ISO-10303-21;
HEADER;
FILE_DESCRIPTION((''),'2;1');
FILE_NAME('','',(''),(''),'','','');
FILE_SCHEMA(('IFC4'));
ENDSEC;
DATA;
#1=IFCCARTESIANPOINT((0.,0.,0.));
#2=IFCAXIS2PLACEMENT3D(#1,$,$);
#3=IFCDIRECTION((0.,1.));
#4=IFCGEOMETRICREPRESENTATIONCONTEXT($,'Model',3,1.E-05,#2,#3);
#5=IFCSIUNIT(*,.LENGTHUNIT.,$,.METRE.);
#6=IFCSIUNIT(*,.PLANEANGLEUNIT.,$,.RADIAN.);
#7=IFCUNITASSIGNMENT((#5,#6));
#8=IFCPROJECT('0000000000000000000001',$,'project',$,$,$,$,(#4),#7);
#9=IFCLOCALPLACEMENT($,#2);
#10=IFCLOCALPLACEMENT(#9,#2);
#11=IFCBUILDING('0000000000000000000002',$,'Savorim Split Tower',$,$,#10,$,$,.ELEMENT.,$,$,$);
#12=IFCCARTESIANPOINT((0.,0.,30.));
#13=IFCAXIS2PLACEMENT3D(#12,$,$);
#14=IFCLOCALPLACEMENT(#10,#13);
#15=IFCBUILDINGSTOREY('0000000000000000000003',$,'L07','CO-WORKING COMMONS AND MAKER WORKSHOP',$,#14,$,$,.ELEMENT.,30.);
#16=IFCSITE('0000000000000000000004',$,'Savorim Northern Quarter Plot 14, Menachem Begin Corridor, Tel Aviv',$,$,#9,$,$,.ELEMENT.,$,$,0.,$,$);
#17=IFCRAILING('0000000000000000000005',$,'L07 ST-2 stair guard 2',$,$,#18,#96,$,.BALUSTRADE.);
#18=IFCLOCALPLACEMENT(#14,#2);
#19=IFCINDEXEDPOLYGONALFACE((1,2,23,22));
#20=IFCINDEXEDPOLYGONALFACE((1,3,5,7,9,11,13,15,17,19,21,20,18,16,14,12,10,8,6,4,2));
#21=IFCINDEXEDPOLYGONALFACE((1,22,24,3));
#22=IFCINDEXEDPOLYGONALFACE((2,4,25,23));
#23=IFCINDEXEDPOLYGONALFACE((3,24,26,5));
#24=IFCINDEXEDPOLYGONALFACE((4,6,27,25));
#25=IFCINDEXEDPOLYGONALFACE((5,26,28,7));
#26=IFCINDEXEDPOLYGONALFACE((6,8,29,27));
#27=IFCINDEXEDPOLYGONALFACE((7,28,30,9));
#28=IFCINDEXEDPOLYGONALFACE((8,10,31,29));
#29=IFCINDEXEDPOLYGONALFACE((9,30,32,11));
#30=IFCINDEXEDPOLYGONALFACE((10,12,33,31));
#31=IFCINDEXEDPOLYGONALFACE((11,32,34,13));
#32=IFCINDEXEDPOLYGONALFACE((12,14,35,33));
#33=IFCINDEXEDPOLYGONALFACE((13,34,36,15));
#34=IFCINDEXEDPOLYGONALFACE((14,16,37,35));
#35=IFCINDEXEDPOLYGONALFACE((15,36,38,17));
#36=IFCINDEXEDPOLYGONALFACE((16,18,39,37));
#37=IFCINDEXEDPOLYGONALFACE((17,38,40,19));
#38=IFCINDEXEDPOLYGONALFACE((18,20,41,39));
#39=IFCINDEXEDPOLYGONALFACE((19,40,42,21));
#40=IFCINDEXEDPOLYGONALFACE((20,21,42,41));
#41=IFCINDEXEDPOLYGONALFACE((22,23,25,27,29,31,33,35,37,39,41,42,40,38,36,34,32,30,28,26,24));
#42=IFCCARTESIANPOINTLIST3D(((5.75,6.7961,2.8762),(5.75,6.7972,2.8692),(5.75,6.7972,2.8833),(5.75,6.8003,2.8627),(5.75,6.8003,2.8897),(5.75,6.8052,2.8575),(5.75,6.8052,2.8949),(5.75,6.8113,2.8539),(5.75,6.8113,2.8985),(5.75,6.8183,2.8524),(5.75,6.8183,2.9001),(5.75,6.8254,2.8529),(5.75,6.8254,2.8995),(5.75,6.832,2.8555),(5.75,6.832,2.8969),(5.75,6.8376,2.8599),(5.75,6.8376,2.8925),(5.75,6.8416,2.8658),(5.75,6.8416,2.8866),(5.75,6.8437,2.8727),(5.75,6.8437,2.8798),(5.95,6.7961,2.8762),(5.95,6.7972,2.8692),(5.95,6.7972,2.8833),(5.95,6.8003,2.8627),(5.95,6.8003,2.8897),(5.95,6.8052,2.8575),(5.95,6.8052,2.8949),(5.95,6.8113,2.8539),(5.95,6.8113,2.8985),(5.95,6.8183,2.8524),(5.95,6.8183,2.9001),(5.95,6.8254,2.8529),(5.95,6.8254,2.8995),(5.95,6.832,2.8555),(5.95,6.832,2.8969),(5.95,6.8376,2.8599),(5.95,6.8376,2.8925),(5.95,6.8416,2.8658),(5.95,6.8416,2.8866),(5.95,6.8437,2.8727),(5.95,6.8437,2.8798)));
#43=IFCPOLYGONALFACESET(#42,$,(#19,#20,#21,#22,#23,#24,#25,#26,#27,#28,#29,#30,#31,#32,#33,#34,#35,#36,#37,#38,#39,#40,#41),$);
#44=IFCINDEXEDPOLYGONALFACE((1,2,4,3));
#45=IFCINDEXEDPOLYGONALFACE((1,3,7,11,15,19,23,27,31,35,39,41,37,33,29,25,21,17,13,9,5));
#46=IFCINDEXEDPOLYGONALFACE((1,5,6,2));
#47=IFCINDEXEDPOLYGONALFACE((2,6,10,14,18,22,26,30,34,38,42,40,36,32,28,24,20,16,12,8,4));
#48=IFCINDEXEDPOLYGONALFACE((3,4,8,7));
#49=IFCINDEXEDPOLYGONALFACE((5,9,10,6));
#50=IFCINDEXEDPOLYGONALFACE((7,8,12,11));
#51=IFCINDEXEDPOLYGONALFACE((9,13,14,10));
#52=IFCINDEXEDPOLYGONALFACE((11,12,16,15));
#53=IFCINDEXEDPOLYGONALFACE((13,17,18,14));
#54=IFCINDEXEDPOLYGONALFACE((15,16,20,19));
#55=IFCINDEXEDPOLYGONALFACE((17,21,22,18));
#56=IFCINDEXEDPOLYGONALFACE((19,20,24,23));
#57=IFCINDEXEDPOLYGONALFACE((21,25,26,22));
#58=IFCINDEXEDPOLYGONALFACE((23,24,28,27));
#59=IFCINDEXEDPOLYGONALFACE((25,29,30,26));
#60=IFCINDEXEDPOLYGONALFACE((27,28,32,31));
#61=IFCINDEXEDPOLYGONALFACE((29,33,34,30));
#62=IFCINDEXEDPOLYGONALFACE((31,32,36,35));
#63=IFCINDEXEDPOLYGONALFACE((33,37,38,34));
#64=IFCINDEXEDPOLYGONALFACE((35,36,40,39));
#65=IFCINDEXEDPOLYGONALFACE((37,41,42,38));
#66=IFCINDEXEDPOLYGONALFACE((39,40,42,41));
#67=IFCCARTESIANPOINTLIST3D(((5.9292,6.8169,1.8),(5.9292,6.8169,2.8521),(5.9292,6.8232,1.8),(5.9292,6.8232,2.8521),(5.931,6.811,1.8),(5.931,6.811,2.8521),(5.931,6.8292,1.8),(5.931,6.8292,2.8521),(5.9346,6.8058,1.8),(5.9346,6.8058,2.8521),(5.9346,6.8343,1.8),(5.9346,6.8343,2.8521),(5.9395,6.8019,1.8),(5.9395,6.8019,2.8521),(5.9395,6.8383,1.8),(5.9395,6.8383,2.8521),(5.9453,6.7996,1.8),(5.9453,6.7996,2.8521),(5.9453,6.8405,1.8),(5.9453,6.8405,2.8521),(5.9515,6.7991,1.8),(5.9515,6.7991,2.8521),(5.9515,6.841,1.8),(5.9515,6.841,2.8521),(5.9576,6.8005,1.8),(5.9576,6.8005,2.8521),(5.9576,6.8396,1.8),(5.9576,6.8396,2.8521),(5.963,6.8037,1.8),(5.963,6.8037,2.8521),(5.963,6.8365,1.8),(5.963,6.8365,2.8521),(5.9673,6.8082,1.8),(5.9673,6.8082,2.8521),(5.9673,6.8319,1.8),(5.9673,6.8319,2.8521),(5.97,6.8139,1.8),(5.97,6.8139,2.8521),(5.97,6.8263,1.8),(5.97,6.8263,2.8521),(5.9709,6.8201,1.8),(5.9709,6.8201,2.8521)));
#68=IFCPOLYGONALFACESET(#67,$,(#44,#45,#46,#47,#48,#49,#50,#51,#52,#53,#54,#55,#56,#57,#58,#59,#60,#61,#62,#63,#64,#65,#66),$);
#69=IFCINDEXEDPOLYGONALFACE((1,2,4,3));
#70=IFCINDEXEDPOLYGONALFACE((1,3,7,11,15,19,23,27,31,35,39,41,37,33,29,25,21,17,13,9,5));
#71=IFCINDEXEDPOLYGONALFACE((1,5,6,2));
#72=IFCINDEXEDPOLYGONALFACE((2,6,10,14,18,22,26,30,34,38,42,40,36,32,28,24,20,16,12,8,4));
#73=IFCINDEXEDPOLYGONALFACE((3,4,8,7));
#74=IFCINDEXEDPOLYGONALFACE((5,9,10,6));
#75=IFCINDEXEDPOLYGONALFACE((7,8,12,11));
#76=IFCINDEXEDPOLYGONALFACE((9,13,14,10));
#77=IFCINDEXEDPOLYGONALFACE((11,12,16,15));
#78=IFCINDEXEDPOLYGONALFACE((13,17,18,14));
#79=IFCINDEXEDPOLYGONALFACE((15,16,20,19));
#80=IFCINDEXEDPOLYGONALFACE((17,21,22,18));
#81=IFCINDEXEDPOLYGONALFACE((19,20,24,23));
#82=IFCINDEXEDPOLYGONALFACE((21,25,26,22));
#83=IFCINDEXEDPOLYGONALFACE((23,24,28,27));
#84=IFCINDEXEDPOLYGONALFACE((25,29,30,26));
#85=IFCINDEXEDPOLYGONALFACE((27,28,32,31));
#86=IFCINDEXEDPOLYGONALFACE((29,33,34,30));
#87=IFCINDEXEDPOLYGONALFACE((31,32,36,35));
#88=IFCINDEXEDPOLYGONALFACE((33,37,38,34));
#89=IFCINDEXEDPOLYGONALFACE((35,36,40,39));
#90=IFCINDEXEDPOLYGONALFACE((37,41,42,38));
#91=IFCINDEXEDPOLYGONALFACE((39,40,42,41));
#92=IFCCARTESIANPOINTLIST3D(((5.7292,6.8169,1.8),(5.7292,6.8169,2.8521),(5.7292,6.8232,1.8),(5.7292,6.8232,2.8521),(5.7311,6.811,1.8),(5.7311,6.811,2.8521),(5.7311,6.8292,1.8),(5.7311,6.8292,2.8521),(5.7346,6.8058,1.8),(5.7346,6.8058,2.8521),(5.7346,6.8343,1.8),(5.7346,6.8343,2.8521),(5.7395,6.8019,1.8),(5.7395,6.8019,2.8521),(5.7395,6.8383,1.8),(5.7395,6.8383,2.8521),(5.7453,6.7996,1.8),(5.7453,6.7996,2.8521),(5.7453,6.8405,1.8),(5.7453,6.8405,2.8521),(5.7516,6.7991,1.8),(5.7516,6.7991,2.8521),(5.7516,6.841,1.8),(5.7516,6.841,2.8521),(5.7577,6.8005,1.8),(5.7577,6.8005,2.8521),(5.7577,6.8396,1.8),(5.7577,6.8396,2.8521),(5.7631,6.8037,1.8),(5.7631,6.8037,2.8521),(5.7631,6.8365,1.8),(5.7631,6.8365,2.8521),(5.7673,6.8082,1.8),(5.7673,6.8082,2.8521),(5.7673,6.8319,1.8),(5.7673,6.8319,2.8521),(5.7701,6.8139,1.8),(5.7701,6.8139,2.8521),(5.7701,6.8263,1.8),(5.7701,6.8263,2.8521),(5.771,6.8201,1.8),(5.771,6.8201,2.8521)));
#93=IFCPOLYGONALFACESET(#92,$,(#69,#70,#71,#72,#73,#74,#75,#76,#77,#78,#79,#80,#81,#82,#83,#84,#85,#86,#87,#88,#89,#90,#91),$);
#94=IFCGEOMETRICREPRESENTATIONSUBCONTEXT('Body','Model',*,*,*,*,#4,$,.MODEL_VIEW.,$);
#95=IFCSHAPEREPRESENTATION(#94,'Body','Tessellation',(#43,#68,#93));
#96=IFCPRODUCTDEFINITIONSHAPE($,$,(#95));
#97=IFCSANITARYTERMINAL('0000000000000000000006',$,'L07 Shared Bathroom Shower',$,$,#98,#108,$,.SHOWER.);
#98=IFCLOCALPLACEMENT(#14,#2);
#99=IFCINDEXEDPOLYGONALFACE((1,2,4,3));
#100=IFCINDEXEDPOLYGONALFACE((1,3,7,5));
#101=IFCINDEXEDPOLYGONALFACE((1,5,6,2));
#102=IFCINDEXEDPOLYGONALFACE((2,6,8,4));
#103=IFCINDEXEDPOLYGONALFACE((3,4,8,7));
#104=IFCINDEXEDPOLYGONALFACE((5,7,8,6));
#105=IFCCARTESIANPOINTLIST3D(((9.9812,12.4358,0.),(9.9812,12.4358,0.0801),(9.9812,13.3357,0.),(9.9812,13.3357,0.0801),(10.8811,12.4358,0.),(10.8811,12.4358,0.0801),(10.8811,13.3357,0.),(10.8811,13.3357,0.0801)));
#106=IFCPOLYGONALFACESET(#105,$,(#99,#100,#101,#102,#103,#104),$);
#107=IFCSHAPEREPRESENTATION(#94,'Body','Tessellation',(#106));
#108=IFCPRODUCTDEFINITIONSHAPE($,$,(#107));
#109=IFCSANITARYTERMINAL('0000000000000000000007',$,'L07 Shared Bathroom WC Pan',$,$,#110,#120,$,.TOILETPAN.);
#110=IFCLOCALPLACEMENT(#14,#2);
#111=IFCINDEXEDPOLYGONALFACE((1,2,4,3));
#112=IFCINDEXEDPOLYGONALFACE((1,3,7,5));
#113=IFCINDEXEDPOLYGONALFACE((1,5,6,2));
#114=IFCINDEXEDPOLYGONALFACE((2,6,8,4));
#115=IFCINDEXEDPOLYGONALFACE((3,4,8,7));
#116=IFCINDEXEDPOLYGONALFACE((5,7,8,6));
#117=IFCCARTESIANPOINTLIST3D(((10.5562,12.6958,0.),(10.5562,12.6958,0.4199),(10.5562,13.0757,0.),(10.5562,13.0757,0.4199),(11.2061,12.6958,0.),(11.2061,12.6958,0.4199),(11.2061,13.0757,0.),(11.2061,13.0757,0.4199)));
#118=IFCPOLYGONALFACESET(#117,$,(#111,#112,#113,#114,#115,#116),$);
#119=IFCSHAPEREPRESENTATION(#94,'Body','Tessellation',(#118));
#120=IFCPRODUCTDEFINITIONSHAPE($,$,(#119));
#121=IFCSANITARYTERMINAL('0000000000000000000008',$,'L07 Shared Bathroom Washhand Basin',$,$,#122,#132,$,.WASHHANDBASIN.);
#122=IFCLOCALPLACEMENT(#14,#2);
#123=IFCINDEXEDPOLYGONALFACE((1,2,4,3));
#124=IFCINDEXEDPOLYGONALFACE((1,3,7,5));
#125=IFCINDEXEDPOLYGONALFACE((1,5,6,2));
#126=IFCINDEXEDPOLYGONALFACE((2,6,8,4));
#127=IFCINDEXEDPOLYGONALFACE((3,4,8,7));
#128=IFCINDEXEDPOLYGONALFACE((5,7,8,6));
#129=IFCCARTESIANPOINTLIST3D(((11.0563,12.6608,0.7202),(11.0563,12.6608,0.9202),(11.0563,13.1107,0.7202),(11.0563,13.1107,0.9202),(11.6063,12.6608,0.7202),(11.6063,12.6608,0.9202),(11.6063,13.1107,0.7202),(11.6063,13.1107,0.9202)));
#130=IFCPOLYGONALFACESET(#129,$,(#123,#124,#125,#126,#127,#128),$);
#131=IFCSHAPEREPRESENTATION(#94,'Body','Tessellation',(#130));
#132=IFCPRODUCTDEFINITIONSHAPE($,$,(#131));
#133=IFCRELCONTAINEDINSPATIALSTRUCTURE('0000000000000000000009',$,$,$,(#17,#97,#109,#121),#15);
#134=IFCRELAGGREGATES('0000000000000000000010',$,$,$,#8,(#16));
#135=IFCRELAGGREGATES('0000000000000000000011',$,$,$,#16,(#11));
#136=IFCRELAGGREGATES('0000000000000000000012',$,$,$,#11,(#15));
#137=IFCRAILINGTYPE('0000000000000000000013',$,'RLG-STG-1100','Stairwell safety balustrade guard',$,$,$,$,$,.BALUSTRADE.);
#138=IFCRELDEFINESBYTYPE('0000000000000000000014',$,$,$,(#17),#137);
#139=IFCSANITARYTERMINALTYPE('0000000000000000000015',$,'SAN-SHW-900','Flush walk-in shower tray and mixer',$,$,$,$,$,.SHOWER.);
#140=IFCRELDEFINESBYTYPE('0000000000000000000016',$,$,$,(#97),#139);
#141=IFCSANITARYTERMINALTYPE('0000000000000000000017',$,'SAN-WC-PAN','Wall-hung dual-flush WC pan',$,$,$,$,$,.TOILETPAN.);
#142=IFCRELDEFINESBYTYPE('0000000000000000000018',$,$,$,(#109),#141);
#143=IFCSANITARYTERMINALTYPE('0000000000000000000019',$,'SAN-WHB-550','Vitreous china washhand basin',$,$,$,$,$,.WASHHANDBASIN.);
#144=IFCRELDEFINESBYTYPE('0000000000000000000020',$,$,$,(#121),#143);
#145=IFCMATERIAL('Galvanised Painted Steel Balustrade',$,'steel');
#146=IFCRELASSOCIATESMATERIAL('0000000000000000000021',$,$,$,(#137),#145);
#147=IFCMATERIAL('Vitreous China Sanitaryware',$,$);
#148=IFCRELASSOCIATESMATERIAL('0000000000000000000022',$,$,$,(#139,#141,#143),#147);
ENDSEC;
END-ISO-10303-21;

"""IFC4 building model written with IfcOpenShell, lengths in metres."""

from ifc_helpers import new_model, si_unit, direction, frame, origin, origin_2d, place, context, subcontext, project, spatial, rectangle, circle, extrude, material, type_object, element, save


model = new_model("IFC4")

# Units and contexts
model_context = context("Model", 3, precision=1e-05, world=origin(), true_north=direction((0.0, 1.0)))
body_context = subcontext(model_context, "Body", "Model", "MODEL_VIEW")
ifc_project = project(units=[si_unit("LENGTHUNIT", "METRE"), si_unit("PLANEANGLEUNIT", "RADIAN")], contexts=[model_context])

# Site, building, storey
site_placement = place(None, origin())
site = spatial("IfcSite", under=ifc_project, at=site_placement, Name="Savorim Northern Quarter Plot 14, Menachem Begin Corridor, Tel Aviv", CompositionType="ELEMENT", RefElevation=0.0)
building_placement = place(site_placement, origin())
building = spatial("IfcBuilding", under=site, at=building_placement, Name="Savorim Split Tower", CompositionType="ELEMENT")
storey_placement = place(building_placement, frame((0.0, 0.0, 30.0)))
storey = spatial("IfcBuildingStorey", under=building, at=storey_placement, Name="L07", Description="CO-WORKING COMMONS AND MAKER WORKSHOP", CompositionType="ELEMENT", Elevation=30.0)

# Railing
ifc_material_1 = material(Name="Galvanised Painted Steel Balustrade", Category="steel")
railing_type = type_object("IfcRailingType", Name="RLG-STG-1100", Description="Stairwell safety balustrade guard", PredefinedType="BALUSTRADE", material=ifc_material_1)
railing_placement = place(storey_placement, frame((5.95, 6.8201, 1.8)))
element("IfcRailing", 1, at=railing_placement, inside=storey, type_object=railing_type, Name="L07 ST-2 stair guard 2", PredefinedType="BALUSTRADE", context=body_context, shape_type="SweptSolid", body=[
    extrude(circle(Radius=0.0239, at=origin_2d()), frame((0.0, 0.0, 1.0762), z_axis=(-1.0, 0.0, 0.0), x_axis=(0.0, -1.0, 0.0)), (0.0, 0.0, 1.0), 0.2),
    extrude(circle(Radius=0.021, at=origin_2d()), origin(), (0.0, 0.0, 1.0), 1.052),
    extrude(circle(Radius=0.021, at=origin_2d()), frame((-0.2, 0.0, 0.0)), (0.0, 0.0, 1.0), 1.052),
])

# Sanitary terminals
ifc_material_2 = material(Name="Vitreous China Sanitaryware")
sanitary_terminal_type_1 = type_object("IfcSanitaryTerminalType", Name="SAN-SHW-900", Description="Flush walk-in shower tray and mixer", PredefinedType="SHOWER", material=ifc_material_2)
sanitary_terminal_1_placement = place(storey_placement, frame((10.4312, 12.8857, 0.0), z_axis=(0.0, 0.0, 1.0), x_axis=(1.0, 0.0, 0.0)))
element("IfcSanitaryTerminal", 2, at=sanitary_terminal_1_placement, inside=storey, type_object=sanitary_terminal_type_1, Name="L07 Shared Bathroom Shower", PredefinedType="SHOWER", context=body_context, shape_type="SweptSolid", body=[
    extrude(rectangle(XDim=0.8999, YDim=0.8999, at=origin_2d()), origin(), (0.0, 0.0, 1.0), 0.0801),
])
sanitary_terminal_type_2 = type_object("IfcSanitaryTerminalType", Name="SAN-WC-PAN", Description="Wall-hung dual-flush WC pan", PredefinedType="TOILETPAN", material=ifc_material_2)
sanitary_terminal_2_placement = place(storey_placement, frame((10.8811, 12.8857, 0.0), z_axis=(0.0, 0.0, 1.0), x_axis=(1.0, 0.0, 0.0)))
element("IfcSanitaryTerminal", 3, at=sanitary_terminal_2_placement, inside=storey, type_object=sanitary_terminal_type_2, Name="L07 Shared Bathroom WC Pan", PredefinedType="TOILETPAN", context=body_context, shape_type="SweptSolid", body=[
    extrude(rectangle(XDim=0.6499, YDim=0.3799, at=origin_2d()), origin(), (0.0, 0.0, 1.0), 0.4199),
])
sanitary_terminal_type_3 = type_object("IfcSanitaryTerminalType", Name="SAN-WHB-550", Description="Vitreous china washhand basin", PredefinedType="WASHHANDBASIN", material=ifc_material_2)
sanitary_terminal_3_placement = place(storey_placement, frame((11.3313, 12.8857, 0.7202), z_axis=(0.0, 0.0, 1.0), x_axis=(1.0, 0.0, 0.0)))
element("IfcSanitaryTerminal", 4, at=sanitary_terminal_3_placement, inside=storey, type_object=sanitary_terminal_type_3, Name="L07 Shared Bathroom Washhand Basin", PredefinedType="WASHHANDBASIN", context=body_context, shape_type="SweptSolid", body=[
    extrude(rectangle(XDim=0.55, YDim=0.45, at=origin_2d()), origin(), (0.0, 0.0, 1.0), 0.2),
])

save(model, "model.ifc")
